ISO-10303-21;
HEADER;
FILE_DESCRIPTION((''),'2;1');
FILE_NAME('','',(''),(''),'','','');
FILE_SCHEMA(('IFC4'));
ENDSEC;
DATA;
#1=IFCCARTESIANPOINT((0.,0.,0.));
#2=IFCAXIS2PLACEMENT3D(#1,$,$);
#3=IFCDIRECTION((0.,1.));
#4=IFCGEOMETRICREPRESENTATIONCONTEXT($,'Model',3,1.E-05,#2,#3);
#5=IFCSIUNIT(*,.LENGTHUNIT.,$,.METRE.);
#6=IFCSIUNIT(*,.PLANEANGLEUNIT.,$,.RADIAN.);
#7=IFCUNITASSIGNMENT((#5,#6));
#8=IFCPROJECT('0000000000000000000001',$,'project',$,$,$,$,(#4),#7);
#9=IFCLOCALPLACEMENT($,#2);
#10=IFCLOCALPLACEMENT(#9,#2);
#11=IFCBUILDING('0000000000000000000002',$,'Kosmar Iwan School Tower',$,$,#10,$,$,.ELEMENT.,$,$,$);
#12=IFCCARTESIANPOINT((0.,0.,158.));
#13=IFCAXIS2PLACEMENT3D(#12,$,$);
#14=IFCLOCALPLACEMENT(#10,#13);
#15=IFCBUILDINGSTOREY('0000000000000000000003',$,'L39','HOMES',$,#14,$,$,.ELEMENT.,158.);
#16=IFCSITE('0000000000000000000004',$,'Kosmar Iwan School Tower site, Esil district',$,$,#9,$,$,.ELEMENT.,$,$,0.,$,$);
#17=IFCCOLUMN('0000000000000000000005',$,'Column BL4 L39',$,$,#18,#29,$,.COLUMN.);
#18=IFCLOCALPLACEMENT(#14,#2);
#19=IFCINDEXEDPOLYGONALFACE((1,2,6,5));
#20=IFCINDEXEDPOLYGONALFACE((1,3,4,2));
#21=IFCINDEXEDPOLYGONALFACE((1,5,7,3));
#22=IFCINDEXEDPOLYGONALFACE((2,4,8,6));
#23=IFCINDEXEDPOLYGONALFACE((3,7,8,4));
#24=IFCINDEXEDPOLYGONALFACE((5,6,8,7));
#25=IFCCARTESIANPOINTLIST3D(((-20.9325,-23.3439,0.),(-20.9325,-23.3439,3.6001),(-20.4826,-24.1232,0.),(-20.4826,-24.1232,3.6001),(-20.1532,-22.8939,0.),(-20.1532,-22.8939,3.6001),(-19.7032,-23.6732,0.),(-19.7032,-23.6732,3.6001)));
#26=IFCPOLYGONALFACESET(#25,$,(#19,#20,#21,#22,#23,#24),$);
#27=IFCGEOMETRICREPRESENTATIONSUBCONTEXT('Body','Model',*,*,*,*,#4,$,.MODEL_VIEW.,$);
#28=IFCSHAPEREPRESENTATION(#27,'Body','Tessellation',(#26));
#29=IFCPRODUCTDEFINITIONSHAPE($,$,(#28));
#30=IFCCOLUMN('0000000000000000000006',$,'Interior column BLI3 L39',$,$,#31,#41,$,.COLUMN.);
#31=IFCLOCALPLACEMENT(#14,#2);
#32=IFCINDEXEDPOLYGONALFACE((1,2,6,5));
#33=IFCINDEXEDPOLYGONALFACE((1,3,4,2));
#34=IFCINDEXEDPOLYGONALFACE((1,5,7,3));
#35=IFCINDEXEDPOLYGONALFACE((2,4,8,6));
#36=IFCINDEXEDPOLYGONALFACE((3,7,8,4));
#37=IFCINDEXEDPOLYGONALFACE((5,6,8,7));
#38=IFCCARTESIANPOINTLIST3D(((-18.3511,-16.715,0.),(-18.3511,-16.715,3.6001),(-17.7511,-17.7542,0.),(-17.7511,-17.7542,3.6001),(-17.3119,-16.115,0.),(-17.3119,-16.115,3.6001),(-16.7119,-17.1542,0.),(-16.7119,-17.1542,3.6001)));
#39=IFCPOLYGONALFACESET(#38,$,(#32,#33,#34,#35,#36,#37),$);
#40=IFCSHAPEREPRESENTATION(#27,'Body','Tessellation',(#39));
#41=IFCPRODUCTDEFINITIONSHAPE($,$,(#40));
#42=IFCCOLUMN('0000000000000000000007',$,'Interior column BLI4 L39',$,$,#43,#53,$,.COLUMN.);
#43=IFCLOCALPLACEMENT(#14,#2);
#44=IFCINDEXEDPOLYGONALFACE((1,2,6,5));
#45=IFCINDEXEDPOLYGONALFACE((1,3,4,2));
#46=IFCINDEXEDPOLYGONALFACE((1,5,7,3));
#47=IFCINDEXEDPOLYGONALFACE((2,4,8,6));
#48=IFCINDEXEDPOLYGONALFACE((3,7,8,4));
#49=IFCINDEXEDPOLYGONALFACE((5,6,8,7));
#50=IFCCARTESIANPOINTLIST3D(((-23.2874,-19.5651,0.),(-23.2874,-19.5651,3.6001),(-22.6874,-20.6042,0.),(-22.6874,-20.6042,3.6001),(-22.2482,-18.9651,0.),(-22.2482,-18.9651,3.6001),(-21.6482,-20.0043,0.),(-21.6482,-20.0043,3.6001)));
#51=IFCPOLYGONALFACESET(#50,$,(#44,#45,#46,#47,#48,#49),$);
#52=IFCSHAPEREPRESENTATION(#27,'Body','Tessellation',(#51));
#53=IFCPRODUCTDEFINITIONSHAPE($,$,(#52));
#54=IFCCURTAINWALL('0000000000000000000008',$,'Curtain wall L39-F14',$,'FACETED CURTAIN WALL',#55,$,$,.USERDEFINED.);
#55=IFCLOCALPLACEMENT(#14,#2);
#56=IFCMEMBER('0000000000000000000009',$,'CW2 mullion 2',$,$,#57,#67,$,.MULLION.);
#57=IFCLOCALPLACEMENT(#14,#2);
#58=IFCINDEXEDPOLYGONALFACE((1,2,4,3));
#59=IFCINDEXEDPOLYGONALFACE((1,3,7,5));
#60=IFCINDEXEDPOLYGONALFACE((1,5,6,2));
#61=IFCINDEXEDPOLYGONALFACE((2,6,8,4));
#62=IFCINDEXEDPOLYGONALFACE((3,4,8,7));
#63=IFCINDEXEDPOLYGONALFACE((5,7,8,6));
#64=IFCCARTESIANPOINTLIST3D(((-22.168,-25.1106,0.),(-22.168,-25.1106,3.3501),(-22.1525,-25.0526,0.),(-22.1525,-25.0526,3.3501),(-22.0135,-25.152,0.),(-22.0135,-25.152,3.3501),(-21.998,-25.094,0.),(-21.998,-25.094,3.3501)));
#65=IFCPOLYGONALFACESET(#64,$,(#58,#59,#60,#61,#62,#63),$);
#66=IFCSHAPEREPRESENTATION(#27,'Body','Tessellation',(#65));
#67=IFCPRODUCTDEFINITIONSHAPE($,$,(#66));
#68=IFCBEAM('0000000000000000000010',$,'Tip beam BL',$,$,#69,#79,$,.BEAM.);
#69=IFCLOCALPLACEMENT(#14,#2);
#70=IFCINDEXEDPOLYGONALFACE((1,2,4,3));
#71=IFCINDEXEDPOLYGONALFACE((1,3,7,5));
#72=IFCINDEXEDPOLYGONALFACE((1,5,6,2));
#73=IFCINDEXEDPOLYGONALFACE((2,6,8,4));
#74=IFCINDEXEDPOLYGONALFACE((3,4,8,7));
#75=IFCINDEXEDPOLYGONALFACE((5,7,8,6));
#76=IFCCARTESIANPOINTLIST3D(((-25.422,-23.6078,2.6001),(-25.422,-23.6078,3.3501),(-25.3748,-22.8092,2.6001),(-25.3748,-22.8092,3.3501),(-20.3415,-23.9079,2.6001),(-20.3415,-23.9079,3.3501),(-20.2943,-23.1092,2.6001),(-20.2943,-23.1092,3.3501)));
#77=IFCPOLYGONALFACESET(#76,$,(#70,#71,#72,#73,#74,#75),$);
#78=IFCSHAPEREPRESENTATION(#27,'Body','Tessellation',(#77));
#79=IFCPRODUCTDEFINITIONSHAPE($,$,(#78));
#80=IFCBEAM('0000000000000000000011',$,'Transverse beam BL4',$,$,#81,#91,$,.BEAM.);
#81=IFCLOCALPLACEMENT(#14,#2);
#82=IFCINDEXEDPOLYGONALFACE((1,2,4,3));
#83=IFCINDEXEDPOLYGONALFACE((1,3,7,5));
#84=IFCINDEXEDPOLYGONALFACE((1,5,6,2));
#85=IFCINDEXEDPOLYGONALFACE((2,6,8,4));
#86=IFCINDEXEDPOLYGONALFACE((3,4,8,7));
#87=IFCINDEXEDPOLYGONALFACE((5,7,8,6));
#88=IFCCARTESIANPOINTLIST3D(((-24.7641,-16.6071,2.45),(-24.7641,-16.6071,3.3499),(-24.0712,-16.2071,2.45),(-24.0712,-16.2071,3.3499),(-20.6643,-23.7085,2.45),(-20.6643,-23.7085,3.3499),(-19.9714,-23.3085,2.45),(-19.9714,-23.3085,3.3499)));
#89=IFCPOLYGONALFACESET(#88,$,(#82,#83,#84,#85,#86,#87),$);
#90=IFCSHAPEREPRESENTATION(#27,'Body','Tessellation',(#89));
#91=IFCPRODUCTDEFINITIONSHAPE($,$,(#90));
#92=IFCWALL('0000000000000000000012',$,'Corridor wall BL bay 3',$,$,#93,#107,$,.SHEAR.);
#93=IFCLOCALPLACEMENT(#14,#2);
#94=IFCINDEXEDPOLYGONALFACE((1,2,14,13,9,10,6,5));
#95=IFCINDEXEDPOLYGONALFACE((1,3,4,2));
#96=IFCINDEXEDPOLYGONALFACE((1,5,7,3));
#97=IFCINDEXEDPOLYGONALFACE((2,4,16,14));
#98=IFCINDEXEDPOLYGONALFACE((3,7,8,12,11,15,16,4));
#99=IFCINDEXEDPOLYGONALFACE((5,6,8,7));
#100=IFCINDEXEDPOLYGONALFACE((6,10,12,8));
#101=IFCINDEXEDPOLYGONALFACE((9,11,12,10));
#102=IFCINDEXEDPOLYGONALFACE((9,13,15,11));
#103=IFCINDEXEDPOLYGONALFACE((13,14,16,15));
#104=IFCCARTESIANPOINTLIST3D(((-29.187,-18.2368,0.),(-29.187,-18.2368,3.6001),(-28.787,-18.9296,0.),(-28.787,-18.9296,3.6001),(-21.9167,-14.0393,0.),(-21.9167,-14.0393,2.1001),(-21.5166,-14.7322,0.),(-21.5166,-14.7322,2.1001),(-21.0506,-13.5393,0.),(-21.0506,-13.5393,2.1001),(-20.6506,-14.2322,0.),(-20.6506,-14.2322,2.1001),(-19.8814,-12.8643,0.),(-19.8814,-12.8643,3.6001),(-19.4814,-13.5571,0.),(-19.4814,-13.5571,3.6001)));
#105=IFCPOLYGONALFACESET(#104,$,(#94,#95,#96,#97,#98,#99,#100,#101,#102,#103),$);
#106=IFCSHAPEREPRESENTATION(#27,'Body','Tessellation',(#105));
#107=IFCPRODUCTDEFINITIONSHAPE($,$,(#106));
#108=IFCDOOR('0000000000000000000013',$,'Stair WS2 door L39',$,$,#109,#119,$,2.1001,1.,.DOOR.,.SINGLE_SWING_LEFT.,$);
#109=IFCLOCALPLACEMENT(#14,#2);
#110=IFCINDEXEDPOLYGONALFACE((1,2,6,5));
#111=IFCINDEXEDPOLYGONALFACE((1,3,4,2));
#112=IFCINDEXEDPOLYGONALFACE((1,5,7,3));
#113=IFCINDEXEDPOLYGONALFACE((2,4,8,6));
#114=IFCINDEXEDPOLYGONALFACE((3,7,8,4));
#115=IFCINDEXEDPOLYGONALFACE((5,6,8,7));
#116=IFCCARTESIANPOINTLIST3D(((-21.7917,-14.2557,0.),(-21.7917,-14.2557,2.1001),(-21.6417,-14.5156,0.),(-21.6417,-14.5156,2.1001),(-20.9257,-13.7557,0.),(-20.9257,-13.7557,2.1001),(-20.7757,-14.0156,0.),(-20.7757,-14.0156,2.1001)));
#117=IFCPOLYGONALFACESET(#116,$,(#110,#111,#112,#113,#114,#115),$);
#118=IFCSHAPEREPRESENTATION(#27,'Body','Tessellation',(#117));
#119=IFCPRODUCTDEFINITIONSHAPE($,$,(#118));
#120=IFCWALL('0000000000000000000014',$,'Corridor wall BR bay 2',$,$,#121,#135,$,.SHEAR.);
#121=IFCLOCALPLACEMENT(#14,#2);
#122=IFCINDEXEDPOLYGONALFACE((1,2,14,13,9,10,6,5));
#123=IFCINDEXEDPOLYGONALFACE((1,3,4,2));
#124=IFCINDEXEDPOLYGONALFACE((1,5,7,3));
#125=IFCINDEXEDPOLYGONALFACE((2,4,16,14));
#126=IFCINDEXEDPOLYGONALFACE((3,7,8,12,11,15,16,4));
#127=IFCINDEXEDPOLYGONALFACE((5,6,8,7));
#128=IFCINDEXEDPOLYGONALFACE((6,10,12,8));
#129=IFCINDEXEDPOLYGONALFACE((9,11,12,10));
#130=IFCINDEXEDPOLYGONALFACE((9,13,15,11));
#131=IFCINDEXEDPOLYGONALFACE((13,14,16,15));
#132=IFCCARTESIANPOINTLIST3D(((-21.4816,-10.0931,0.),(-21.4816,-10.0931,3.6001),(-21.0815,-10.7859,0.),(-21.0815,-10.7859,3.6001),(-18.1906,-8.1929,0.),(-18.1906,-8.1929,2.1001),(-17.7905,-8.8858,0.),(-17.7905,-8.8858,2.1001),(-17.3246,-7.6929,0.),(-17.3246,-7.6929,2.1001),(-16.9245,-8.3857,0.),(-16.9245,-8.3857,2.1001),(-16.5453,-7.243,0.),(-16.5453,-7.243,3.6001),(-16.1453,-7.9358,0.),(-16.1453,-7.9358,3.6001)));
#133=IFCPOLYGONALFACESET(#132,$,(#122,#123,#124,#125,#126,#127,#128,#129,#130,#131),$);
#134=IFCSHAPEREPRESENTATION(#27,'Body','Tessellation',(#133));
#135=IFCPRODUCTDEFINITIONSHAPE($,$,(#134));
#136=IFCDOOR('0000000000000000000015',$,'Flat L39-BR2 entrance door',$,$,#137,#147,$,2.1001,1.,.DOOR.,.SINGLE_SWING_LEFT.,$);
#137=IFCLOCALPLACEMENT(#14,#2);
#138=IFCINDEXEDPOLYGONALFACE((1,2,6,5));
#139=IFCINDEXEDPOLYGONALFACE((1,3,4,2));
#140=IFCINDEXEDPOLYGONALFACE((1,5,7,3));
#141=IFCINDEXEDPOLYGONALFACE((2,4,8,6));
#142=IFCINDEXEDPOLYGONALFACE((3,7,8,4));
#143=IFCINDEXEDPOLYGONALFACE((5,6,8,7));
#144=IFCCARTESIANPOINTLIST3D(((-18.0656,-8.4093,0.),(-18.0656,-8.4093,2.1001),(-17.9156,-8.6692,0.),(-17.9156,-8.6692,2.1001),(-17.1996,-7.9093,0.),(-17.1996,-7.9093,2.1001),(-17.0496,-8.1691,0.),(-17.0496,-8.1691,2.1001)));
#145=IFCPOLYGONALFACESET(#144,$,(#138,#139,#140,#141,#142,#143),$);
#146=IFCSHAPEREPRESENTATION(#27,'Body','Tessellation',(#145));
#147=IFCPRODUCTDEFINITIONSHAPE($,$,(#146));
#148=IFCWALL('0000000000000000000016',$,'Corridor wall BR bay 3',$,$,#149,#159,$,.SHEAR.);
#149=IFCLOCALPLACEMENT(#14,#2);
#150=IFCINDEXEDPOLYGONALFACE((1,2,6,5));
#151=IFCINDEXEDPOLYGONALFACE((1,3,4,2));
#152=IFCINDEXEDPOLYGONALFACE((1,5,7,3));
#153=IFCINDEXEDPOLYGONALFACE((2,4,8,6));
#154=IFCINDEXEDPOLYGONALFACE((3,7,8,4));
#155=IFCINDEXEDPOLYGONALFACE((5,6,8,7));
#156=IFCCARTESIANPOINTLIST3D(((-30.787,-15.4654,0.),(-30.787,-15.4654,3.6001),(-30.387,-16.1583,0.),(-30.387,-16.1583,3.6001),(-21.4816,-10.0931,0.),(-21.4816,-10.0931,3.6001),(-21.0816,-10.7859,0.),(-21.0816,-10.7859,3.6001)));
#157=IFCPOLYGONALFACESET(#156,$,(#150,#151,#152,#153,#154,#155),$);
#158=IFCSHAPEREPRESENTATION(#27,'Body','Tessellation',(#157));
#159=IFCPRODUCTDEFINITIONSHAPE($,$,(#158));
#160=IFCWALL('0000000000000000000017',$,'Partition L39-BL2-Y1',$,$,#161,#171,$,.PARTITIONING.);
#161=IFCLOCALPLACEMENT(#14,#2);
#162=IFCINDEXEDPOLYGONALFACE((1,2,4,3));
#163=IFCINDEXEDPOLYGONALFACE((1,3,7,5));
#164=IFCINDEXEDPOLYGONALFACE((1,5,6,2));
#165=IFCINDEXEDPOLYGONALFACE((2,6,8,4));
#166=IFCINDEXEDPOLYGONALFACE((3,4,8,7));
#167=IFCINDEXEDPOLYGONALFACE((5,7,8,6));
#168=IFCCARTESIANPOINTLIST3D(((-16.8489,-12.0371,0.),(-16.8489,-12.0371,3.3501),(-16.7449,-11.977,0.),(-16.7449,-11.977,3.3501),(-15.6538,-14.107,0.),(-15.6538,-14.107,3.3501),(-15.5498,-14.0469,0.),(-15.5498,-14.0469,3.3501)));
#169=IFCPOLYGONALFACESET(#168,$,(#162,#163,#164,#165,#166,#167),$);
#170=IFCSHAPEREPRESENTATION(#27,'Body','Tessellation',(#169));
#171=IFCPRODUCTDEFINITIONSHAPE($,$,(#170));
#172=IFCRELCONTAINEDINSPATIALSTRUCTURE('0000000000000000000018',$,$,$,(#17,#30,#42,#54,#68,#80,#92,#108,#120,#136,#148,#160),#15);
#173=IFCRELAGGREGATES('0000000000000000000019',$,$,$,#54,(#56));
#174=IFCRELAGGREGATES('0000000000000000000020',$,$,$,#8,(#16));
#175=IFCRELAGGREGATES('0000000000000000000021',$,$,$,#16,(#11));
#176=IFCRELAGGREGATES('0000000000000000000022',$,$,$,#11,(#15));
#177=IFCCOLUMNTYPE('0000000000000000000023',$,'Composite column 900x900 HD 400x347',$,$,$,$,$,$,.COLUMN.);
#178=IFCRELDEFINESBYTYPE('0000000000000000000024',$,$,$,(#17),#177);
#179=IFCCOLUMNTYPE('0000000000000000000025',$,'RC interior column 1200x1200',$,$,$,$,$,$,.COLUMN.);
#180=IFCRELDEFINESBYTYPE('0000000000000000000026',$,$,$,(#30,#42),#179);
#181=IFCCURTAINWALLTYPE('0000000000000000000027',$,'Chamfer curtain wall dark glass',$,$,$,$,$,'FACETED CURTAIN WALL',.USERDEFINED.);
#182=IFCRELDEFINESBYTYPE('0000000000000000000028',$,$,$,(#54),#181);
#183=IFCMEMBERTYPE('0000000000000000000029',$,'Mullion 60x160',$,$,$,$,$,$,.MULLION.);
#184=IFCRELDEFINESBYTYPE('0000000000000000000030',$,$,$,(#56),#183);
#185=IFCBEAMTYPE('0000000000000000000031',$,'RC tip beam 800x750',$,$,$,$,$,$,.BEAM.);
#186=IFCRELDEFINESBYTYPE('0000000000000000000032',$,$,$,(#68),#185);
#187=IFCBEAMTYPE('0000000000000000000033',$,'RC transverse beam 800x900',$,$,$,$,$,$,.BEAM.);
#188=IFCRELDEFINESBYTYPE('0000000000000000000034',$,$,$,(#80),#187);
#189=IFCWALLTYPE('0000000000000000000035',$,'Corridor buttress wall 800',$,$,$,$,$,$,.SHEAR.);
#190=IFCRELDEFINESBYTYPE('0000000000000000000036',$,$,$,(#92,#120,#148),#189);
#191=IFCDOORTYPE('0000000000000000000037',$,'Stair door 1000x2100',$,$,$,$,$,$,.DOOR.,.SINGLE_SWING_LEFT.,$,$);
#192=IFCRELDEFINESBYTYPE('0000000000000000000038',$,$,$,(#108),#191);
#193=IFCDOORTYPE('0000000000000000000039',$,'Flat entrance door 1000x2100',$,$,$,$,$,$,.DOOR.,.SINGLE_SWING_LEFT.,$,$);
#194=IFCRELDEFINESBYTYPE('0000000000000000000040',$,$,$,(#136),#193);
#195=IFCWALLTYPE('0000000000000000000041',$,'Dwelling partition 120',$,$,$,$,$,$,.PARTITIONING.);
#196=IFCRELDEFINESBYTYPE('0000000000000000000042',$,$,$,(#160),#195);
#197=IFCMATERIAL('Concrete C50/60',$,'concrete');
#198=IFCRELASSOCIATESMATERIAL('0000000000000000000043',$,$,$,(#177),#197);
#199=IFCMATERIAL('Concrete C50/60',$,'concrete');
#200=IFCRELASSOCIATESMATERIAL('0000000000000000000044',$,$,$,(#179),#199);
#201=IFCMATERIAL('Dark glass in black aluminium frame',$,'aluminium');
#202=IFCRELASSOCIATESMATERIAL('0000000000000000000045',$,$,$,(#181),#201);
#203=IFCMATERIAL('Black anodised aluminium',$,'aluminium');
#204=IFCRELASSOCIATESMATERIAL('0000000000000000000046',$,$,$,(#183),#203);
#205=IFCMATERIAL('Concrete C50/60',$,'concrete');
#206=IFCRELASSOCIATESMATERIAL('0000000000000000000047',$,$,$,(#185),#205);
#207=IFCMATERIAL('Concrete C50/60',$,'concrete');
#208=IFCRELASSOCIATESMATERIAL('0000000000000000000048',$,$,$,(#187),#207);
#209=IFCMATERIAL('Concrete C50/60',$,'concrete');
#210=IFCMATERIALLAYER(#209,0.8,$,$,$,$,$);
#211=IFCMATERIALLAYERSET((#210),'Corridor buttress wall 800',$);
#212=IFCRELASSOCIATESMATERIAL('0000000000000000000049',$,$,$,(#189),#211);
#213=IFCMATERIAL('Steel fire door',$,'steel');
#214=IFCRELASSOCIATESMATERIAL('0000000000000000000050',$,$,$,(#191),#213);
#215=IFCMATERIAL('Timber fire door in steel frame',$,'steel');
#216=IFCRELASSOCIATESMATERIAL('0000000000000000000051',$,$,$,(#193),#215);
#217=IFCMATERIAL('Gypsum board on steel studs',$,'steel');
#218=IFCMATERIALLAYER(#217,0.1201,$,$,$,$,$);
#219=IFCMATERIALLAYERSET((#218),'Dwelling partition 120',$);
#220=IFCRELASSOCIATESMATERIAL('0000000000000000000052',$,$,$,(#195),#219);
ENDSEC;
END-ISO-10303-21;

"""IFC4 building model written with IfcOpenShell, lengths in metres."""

from ifc_helpers import new_model, si_unit, direction, frame, frame_2d, origin, origin_2d, place, context, subcontext, project, spatial, rectangle, extrude, material, layer, layer_set, material_profile, profile_set, type_object, element, fill, aggregate, save


model = new_model("IFC4")

# Units and contexts
model_context = context("Model", 3, precision=1e-05, world=origin(), true_north=direction((0.0, 1.0)))
body_context = subcontext(model_context, "Body", "Model", "MODEL_VIEW")
ifc_project = project(units=[si_unit("LENGTHUNIT", "METRE"), si_unit("PLANEANGLEUNIT", "RADIAN")], contexts=[model_context])

# Site, building, storey
site_placement = place(None, origin())
site = spatial("IfcSite", under=ifc_project, at=site_placement, Name="Kosmar Iwan School Tower site, Esil district", CompositionType="ELEMENT", RefElevation=0.0)
building_placement = place(site_placement, origin())
building = spatial("IfcBuilding", under=site, at=building_placement, Name="Kosmar Iwan School Tower", CompositionType="ELEMENT")
storey_placement = place(building_placement, frame((0.0, 0.0, 158.0)))
storey = spatial("IfcBuildingStorey", under=building, at=storey_placement, Name="L39", Description="HOMES", CompositionType="ELEMENT", Elevation=158.0)

# Columns
ifc_material_1 = material(Name="Concrete C50/60", Category="concrete")
ifc_material_profile_1 = material_profile(ifc_material_1, rectangle(XDim=0.8999, YDim=0.8999, at=origin_2d()), Name="RC 900x900 + HD 400x347")
ifc_profile_set_1 = profile_set([ifc_material_profile_1], Name="Concrete C50/60")
column_type_1 = type_object("IfcColumnType", Name="Composite column 900x900 HD 400x347", PredefinedType="COLUMN", material=ifc_profile_set_1)
column_placement = place(storey_placement, frame((-20.3179, -23.5085, 0.0), z_axis=(0.0, 0.0, 1.0), x_axis=(-0.866025, -0.5, 0.0)))
element("IfcColumn", 1, at=column_placement, inside=storey, type_object=column_type_1, Name="Column BL4 L39", PredefinedType="COLUMN", context=body_context, shape_type="SweptSolid", body=[
    extrude(rectangle(XDim=0.8999, YDim=0.8999, at=origin_2d()), origin(), (0.0, 0.0, 1.0), 3.6001),
])
ifc_material_2 = material(Name="Concrete C50/60", Category="concrete")
ifc_material_profile_2 = material_profile(ifc_material_2, rectangle(XDim=1.2, YDim=1.2, at=origin_2d()), Name="RC 1200x1200")
ifc_profile_set_2 = profile_set([ifc_material_profile_2], Name="Concrete C50/60")
column_type_2 = type_object("IfcColumnType", Name="RC interior column 1200x1200", PredefinedType="COLUMN", material=ifc_profile_set_2)
for number, where, z_axis, x_axis, name in (
    (2, (-17.5315, -16.9346, 0.0), (0.0, 0.0, 1.0), (-0.866025, -0.5, 0.0), "Interior column BLI3 L39"),
    (3, (-22.4678, -19.7847, 0.0), (0.0, 0.0, 1.0), (-0.866025, -0.5, 0.0), "Interior column BLI4 L39"),
):
    element("IfcColumn", number, at=place(storey_placement, frame(where, z_axis=z_axis, x_axis=x_axis)), inside=storey, type_object=column_type_2, Name=name, PredefinedType="COLUMN", context=body_context, shape_type="SweptSolid", body=[
        extrude(rectangle(XDim=1.2, YDim=1.2, at=origin_2d()), origin(), (0.0, 0.0, 1.0), 3.6001),
    ])

# Curtain wall, member
ifc_material_3 = material(Name="Dark glass in black aluminium frame", Category="aluminium")
curtain_wall_type = type_object("IfcCurtainWallType", Name="Chamfer curtain wall dark glass", ElementType="FACETED CURTAIN WALL", PredefinedType="USERDEFINED", material=ifc_material_3)
curtain_wall_placement = place(storey_placement, origin())
curtain_wall = element("IfcCurtainWall", 4, at=curtain_wall_placement, inside=storey, type_object=curtain_wall_type, Name="Curtain wall L39-F14", ObjectType="FACETED CURTAIN WALL", PredefinedType="USERDEFINED")
ifc_material_4 = material(Name="Black anodised aluminium", Category="aluminium")
ifc_material_profile_3 = material_profile(ifc_material_4, rectangle(XDim=0.0601, YDim=0.1599, at=origin_2d()), Name="MULLION 60x160")
ifc_profile_set_3 = profile_set([ifc_material_profile_3], Name="Black anodised aluminium")
member_type = type_object("IfcMemberType", Name="Mullion 60x160", PredefinedType="MULLION", material=ifc_profile_set_3)
member_placement = place(storey_placement, frame((-22.083, -25.1023, 0.0), z_axis=(0.0, 0.0, 1.0), x_axis=(0.258819, 0.965926, 0.0)))
member = element("IfcMember", 5, at=member_placement, type_object=member_type, Name="CW2 mullion 2", PredefinedType="MULLION", context=body_context, shape_type="SweptSolid", body=[
    extrude(rectangle(XDim=0.0601, YDim=0.1599, at=origin_2d()), origin(), (0.0, 0.0, 1.0), 3.3501),
])
aggregate(curtain_wall, [member])

# Beams
ifc_material_5 = material(Name="Concrete C50/60", Category="concrete")
ifc_material_profile_4 = material_profile(ifc_material_5, rectangle(XDim=0.8, YDim=0.75, at=origin_2d()), Name="RC 800x750")
ifc_profile_set_4 = profile_set([ifc_material_profile_4], Name="Concrete C50/60")
beam_type_1 = type_object("IfcBeamType", Name="RC tip beam 800x750", PredefinedType="BEAM", material=ifc_profile_set_4)
beam_1_placement = place(storey_placement, frame((-20.3179, -23.5085, 2.9751), z_axis=(-0.998261, 0.058955, 0.0), x_axis=(-0.058955, -0.998261, 0.0)))
element("IfcBeam", 6, at=beam_1_placement, inside=storey, type_object=beam_type_1, Name="Tip beam BL", PredefinedType="BEAM", context=body_context, shape_type="SweptSolid", body=[
    extrude(rectangle(XDim=0.8, YDim=0.75, at=origin_2d()), origin(), (0.0, 0.0, 1.0), 5.0894),
])
ifc_material_6 = material(Name="Concrete C50/60", Category="concrete")
ifc_material_profile_5 = material_profile(ifc_material_6, rectangle(XDim=0.8, YDim=0.8999, at=origin_2d()), Name="RC 800x900")
ifc_profile_set_5 = profile_set([ifc_material_profile_5], Name="Concrete C50/60")
beam_type_2 = type_object("IfcBeamType", Name="RC transverse beam 800x900", PredefinedType="BEAM", material=ifc_profile_set_5)
beam_2_placement = place(storey_placement, frame((-20.3179, -23.5085, 2.8999), z_axis=(-0.499978, 0.866038, 0.0), x_axis=(-0.866038, -0.499978, 0.0)))
element("IfcBeam", 7, at=beam_2_placement, inside=storey, type_object=beam_type_2, Name="Transverse beam BL4", PredefinedType="BEAM", context=body_context, shape_type="SweptSolid", body=[
    extrude(rectangle(XDim=0.8, YDim=0.8999, at=origin_2d()), origin(), (0.0, 0.0, 1.0), 8.2),
])

# Walls, openings, doors
ifc_material_7 = material(Name="Concrete C50/60", Category="concrete")
ifc_layer_1 = layer(ifc_material_7, 0.8)
ifc_layer_set_1 = layer_set([ifc_layer_1], Name="Corridor buttress wall 800")
wall_type_1 = type_object("IfcWallType", Name="Corridor buttress wall 800", PredefinedType="SHEAR", material=ifc_layer_set_1)
wall_1_placement = place(storey_placement, frame((-19.6814, -13.2107, 0.0), z_axis=(0.0, 0.0, 1.0), x_axis=(-0.866028, -0.499995, 0.0)))
wall_1 = element("IfcWall", 8, at=wall_1_placement, inside=storey, type_object=wall_type_1, Name="Corridor wall BL bay 3", PredefinedType="SHEAR", context=body_context, shape_type="SweptSolid", body=[
    extrude(rectangle(XDim=10.7451, YDim=0.8, at=frame_2d((5.3726, 0.0))), origin(), (0.0, 0.0, 1.0), 3.6001),
])
opening_1_placement = place(wall_1_placement, frame((1.3501, 0.0, 0.0)))
opening_1 = element("IfcOpeningElement", 9, at=opening_1_placement, cuts=wall_1, PredefinedType="OPENING", context=body_context, shape_type="SweptSolid", body=[
    extrude(rectangle(XDim=1.0, YDim=2.1001, at=frame_2d((0.5, 1.05))), frame((0.0, 0.4121, 0.0), z_axis=(0.0, -1.0, 0.0), x_axis=(1.0, 0.0, 0.0)), (0.0, 0.0, 1.0), 0.824),
])
ifc_material_8 = material(Name="Steel fire door", Category="steel")
door_type_1 = type_object("IfcDoorType", Name="Stair door 1000x2100", OperationType="SINGLE_SWING_LEFT", PredefinedType="DOOR", material=ifc_material_8)
door_1_placement = place(opening_1_placement, origin())
door_1 = element("IfcDoor", 10, at=door_1_placement, inside=storey, type_object=door_type_1, Name="Stair WS2 door L39", OperationType="SINGLE_SWING_LEFT", OverallHeight=2.1001, OverallWidth=1.0, PredefinedType="DOOR", context=body_context, shape_type="SweptSolid", body=[
    extrude(rectangle(XDim=1.0, YDim=2.1001, at=frame_2d((0.5, 1.05))), frame((0.0, 0.1499, 0.0), z_axis=(0.0, -1.0, 0.0), x_axis=(1.0, 0.0, 0.0)), (0.0, 0.0, 1.0), 0.3),
])
fill(opening_1, door_1)
wall_2_placement = place(storey_placement, frame((-16.3452, -7.5894, 0.0), z_axis=(0.0, 0.0, 1.0), x_axis=(-0.866015, -0.500018, 0.0)))
wall_2 = element("IfcWall", 11, at=wall_2_placement, inside=storey, type_object=wall_type_1, Name="Corridor wall BR bay 2", PredefinedType="SHEAR", context=body_context, shape_type="SweptSolid", body=[
    extrude(rectangle(XDim=5.7, YDim=0.8, at=frame_2d((2.8501, 0.0))), origin(), (0.0, 0.0, 1.0), 3.6001),
])
opening_2_placement = place(wall_2_placement, frame((0.8999, 0.0, 0.0)))
opening_2 = element("IfcOpeningElement", 12, at=opening_2_placement, cuts=wall_2, PredefinedType="OPENING", context=body_context, shape_type="SweptSolid", body=[
    extrude(rectangle(XDim=1.0, YDim=2.1001, at=frame_2d((0.5, 1.05))), frame((0.0, 0.4121, 0.0), z_axis=(0.0, -1.0, 0.0), x_axis=(1.0, 0.0, 0.0)), (0.0, 0.0, 1.0), 0.824),
])
ifc_material_9 = material(Name="Timber fire door in steel frame", Category="steel")
door_type_2 = type_object("IfcDoorType", Name="Flat entrance door 1000x2100", OperationType="SINGLE_SWING_LEFT", PredefinedType="DOOR", material=ifc_material_9)
door_2_placement = place(opening_2_placement, origin())
door_2 = element("IfcDoor", 13, at=door_2_placement, inside=storey, type_object=door_type_2, Name="Flat L39-BR2 entrance door", OperationType="SINGLE_SWING_LEFT", OverallHeight=2.1001, OverallWidth=1.0, PredefinedType="DOOR", context=body_context, shape_type="SweptSolid", body=[
    extrude(rectangle(XDim=1.0, YDim=2.1001, at=frame_2d((0.5, 1.05))), frame((0.0, 0.1499, 0.0), z_axis=(0.0, -1.0, 0.0), x_axis=(1.0, 0.0, 0.0)), (0.0, 0.0, 1.0), 0.3),
])
fill(opening_2, door_2)

# Walls
wall_3_placement = place(storey_placement, frame((-21.2815, -10.4395, 0.0), z_axis=(0.0, 0.0, 1.0), x_axis=(-0.866032, -0.499988, 0.0)))
element("IfcWall", 14, at=wall_3_placement, inside=storey, type_object=wall_type_1, Name="Corridor wall BR bay 3", PredefinedType="SHEAR", context=body_context, shape_type="SweptSolid", body=[
    extrude(rectangle(XDim=10.7449, YDim=0.8, at=frame_2d((5.3726, 0.0))), origin(), (0.0, 0.0, 1.0), 3.6001),
])
ifc_material_10 = material(Name="Gypsum board on steel studs", Category="steel")
ifc_layer_2 = layer(ifc_material_10, 0.1201)
ifc_layer_set_2 = layer_set([ifc_layer_2], Name="Dwelling partition 120")
wall_type_2 = type_object("IfcWallType", Name="Dwelling partition 120", PredefinedType="PARTITIONING", material=ifc_layer_set_2)
for number, where, z_axis, x_axis, name in (
    (15, (-16.7969, -12.0071, 0.0), (0.0, 0.0, 1.0), (0.500017, -0.866015, 0.0), "Partition L39-BL2-Y1"),
):
    element("IfcWall", number, at=place(storey_placement, frame(where, z_axis=z_axis, x_axis=x_axis)), inside=storey, type_object=wall_type_2, Name=name, PredefinedType="PARTITIONING", context=body_context, shape_type="SweptSolid", body=[
        extrude(rectangle(XDim=2.3901, YDim=0.1201, at=frame_2d((1.1951, 0.0))), origin(), (0.0, 0.0, 1.0), 3.3501),
    ])

save(model, "model.ifc")
